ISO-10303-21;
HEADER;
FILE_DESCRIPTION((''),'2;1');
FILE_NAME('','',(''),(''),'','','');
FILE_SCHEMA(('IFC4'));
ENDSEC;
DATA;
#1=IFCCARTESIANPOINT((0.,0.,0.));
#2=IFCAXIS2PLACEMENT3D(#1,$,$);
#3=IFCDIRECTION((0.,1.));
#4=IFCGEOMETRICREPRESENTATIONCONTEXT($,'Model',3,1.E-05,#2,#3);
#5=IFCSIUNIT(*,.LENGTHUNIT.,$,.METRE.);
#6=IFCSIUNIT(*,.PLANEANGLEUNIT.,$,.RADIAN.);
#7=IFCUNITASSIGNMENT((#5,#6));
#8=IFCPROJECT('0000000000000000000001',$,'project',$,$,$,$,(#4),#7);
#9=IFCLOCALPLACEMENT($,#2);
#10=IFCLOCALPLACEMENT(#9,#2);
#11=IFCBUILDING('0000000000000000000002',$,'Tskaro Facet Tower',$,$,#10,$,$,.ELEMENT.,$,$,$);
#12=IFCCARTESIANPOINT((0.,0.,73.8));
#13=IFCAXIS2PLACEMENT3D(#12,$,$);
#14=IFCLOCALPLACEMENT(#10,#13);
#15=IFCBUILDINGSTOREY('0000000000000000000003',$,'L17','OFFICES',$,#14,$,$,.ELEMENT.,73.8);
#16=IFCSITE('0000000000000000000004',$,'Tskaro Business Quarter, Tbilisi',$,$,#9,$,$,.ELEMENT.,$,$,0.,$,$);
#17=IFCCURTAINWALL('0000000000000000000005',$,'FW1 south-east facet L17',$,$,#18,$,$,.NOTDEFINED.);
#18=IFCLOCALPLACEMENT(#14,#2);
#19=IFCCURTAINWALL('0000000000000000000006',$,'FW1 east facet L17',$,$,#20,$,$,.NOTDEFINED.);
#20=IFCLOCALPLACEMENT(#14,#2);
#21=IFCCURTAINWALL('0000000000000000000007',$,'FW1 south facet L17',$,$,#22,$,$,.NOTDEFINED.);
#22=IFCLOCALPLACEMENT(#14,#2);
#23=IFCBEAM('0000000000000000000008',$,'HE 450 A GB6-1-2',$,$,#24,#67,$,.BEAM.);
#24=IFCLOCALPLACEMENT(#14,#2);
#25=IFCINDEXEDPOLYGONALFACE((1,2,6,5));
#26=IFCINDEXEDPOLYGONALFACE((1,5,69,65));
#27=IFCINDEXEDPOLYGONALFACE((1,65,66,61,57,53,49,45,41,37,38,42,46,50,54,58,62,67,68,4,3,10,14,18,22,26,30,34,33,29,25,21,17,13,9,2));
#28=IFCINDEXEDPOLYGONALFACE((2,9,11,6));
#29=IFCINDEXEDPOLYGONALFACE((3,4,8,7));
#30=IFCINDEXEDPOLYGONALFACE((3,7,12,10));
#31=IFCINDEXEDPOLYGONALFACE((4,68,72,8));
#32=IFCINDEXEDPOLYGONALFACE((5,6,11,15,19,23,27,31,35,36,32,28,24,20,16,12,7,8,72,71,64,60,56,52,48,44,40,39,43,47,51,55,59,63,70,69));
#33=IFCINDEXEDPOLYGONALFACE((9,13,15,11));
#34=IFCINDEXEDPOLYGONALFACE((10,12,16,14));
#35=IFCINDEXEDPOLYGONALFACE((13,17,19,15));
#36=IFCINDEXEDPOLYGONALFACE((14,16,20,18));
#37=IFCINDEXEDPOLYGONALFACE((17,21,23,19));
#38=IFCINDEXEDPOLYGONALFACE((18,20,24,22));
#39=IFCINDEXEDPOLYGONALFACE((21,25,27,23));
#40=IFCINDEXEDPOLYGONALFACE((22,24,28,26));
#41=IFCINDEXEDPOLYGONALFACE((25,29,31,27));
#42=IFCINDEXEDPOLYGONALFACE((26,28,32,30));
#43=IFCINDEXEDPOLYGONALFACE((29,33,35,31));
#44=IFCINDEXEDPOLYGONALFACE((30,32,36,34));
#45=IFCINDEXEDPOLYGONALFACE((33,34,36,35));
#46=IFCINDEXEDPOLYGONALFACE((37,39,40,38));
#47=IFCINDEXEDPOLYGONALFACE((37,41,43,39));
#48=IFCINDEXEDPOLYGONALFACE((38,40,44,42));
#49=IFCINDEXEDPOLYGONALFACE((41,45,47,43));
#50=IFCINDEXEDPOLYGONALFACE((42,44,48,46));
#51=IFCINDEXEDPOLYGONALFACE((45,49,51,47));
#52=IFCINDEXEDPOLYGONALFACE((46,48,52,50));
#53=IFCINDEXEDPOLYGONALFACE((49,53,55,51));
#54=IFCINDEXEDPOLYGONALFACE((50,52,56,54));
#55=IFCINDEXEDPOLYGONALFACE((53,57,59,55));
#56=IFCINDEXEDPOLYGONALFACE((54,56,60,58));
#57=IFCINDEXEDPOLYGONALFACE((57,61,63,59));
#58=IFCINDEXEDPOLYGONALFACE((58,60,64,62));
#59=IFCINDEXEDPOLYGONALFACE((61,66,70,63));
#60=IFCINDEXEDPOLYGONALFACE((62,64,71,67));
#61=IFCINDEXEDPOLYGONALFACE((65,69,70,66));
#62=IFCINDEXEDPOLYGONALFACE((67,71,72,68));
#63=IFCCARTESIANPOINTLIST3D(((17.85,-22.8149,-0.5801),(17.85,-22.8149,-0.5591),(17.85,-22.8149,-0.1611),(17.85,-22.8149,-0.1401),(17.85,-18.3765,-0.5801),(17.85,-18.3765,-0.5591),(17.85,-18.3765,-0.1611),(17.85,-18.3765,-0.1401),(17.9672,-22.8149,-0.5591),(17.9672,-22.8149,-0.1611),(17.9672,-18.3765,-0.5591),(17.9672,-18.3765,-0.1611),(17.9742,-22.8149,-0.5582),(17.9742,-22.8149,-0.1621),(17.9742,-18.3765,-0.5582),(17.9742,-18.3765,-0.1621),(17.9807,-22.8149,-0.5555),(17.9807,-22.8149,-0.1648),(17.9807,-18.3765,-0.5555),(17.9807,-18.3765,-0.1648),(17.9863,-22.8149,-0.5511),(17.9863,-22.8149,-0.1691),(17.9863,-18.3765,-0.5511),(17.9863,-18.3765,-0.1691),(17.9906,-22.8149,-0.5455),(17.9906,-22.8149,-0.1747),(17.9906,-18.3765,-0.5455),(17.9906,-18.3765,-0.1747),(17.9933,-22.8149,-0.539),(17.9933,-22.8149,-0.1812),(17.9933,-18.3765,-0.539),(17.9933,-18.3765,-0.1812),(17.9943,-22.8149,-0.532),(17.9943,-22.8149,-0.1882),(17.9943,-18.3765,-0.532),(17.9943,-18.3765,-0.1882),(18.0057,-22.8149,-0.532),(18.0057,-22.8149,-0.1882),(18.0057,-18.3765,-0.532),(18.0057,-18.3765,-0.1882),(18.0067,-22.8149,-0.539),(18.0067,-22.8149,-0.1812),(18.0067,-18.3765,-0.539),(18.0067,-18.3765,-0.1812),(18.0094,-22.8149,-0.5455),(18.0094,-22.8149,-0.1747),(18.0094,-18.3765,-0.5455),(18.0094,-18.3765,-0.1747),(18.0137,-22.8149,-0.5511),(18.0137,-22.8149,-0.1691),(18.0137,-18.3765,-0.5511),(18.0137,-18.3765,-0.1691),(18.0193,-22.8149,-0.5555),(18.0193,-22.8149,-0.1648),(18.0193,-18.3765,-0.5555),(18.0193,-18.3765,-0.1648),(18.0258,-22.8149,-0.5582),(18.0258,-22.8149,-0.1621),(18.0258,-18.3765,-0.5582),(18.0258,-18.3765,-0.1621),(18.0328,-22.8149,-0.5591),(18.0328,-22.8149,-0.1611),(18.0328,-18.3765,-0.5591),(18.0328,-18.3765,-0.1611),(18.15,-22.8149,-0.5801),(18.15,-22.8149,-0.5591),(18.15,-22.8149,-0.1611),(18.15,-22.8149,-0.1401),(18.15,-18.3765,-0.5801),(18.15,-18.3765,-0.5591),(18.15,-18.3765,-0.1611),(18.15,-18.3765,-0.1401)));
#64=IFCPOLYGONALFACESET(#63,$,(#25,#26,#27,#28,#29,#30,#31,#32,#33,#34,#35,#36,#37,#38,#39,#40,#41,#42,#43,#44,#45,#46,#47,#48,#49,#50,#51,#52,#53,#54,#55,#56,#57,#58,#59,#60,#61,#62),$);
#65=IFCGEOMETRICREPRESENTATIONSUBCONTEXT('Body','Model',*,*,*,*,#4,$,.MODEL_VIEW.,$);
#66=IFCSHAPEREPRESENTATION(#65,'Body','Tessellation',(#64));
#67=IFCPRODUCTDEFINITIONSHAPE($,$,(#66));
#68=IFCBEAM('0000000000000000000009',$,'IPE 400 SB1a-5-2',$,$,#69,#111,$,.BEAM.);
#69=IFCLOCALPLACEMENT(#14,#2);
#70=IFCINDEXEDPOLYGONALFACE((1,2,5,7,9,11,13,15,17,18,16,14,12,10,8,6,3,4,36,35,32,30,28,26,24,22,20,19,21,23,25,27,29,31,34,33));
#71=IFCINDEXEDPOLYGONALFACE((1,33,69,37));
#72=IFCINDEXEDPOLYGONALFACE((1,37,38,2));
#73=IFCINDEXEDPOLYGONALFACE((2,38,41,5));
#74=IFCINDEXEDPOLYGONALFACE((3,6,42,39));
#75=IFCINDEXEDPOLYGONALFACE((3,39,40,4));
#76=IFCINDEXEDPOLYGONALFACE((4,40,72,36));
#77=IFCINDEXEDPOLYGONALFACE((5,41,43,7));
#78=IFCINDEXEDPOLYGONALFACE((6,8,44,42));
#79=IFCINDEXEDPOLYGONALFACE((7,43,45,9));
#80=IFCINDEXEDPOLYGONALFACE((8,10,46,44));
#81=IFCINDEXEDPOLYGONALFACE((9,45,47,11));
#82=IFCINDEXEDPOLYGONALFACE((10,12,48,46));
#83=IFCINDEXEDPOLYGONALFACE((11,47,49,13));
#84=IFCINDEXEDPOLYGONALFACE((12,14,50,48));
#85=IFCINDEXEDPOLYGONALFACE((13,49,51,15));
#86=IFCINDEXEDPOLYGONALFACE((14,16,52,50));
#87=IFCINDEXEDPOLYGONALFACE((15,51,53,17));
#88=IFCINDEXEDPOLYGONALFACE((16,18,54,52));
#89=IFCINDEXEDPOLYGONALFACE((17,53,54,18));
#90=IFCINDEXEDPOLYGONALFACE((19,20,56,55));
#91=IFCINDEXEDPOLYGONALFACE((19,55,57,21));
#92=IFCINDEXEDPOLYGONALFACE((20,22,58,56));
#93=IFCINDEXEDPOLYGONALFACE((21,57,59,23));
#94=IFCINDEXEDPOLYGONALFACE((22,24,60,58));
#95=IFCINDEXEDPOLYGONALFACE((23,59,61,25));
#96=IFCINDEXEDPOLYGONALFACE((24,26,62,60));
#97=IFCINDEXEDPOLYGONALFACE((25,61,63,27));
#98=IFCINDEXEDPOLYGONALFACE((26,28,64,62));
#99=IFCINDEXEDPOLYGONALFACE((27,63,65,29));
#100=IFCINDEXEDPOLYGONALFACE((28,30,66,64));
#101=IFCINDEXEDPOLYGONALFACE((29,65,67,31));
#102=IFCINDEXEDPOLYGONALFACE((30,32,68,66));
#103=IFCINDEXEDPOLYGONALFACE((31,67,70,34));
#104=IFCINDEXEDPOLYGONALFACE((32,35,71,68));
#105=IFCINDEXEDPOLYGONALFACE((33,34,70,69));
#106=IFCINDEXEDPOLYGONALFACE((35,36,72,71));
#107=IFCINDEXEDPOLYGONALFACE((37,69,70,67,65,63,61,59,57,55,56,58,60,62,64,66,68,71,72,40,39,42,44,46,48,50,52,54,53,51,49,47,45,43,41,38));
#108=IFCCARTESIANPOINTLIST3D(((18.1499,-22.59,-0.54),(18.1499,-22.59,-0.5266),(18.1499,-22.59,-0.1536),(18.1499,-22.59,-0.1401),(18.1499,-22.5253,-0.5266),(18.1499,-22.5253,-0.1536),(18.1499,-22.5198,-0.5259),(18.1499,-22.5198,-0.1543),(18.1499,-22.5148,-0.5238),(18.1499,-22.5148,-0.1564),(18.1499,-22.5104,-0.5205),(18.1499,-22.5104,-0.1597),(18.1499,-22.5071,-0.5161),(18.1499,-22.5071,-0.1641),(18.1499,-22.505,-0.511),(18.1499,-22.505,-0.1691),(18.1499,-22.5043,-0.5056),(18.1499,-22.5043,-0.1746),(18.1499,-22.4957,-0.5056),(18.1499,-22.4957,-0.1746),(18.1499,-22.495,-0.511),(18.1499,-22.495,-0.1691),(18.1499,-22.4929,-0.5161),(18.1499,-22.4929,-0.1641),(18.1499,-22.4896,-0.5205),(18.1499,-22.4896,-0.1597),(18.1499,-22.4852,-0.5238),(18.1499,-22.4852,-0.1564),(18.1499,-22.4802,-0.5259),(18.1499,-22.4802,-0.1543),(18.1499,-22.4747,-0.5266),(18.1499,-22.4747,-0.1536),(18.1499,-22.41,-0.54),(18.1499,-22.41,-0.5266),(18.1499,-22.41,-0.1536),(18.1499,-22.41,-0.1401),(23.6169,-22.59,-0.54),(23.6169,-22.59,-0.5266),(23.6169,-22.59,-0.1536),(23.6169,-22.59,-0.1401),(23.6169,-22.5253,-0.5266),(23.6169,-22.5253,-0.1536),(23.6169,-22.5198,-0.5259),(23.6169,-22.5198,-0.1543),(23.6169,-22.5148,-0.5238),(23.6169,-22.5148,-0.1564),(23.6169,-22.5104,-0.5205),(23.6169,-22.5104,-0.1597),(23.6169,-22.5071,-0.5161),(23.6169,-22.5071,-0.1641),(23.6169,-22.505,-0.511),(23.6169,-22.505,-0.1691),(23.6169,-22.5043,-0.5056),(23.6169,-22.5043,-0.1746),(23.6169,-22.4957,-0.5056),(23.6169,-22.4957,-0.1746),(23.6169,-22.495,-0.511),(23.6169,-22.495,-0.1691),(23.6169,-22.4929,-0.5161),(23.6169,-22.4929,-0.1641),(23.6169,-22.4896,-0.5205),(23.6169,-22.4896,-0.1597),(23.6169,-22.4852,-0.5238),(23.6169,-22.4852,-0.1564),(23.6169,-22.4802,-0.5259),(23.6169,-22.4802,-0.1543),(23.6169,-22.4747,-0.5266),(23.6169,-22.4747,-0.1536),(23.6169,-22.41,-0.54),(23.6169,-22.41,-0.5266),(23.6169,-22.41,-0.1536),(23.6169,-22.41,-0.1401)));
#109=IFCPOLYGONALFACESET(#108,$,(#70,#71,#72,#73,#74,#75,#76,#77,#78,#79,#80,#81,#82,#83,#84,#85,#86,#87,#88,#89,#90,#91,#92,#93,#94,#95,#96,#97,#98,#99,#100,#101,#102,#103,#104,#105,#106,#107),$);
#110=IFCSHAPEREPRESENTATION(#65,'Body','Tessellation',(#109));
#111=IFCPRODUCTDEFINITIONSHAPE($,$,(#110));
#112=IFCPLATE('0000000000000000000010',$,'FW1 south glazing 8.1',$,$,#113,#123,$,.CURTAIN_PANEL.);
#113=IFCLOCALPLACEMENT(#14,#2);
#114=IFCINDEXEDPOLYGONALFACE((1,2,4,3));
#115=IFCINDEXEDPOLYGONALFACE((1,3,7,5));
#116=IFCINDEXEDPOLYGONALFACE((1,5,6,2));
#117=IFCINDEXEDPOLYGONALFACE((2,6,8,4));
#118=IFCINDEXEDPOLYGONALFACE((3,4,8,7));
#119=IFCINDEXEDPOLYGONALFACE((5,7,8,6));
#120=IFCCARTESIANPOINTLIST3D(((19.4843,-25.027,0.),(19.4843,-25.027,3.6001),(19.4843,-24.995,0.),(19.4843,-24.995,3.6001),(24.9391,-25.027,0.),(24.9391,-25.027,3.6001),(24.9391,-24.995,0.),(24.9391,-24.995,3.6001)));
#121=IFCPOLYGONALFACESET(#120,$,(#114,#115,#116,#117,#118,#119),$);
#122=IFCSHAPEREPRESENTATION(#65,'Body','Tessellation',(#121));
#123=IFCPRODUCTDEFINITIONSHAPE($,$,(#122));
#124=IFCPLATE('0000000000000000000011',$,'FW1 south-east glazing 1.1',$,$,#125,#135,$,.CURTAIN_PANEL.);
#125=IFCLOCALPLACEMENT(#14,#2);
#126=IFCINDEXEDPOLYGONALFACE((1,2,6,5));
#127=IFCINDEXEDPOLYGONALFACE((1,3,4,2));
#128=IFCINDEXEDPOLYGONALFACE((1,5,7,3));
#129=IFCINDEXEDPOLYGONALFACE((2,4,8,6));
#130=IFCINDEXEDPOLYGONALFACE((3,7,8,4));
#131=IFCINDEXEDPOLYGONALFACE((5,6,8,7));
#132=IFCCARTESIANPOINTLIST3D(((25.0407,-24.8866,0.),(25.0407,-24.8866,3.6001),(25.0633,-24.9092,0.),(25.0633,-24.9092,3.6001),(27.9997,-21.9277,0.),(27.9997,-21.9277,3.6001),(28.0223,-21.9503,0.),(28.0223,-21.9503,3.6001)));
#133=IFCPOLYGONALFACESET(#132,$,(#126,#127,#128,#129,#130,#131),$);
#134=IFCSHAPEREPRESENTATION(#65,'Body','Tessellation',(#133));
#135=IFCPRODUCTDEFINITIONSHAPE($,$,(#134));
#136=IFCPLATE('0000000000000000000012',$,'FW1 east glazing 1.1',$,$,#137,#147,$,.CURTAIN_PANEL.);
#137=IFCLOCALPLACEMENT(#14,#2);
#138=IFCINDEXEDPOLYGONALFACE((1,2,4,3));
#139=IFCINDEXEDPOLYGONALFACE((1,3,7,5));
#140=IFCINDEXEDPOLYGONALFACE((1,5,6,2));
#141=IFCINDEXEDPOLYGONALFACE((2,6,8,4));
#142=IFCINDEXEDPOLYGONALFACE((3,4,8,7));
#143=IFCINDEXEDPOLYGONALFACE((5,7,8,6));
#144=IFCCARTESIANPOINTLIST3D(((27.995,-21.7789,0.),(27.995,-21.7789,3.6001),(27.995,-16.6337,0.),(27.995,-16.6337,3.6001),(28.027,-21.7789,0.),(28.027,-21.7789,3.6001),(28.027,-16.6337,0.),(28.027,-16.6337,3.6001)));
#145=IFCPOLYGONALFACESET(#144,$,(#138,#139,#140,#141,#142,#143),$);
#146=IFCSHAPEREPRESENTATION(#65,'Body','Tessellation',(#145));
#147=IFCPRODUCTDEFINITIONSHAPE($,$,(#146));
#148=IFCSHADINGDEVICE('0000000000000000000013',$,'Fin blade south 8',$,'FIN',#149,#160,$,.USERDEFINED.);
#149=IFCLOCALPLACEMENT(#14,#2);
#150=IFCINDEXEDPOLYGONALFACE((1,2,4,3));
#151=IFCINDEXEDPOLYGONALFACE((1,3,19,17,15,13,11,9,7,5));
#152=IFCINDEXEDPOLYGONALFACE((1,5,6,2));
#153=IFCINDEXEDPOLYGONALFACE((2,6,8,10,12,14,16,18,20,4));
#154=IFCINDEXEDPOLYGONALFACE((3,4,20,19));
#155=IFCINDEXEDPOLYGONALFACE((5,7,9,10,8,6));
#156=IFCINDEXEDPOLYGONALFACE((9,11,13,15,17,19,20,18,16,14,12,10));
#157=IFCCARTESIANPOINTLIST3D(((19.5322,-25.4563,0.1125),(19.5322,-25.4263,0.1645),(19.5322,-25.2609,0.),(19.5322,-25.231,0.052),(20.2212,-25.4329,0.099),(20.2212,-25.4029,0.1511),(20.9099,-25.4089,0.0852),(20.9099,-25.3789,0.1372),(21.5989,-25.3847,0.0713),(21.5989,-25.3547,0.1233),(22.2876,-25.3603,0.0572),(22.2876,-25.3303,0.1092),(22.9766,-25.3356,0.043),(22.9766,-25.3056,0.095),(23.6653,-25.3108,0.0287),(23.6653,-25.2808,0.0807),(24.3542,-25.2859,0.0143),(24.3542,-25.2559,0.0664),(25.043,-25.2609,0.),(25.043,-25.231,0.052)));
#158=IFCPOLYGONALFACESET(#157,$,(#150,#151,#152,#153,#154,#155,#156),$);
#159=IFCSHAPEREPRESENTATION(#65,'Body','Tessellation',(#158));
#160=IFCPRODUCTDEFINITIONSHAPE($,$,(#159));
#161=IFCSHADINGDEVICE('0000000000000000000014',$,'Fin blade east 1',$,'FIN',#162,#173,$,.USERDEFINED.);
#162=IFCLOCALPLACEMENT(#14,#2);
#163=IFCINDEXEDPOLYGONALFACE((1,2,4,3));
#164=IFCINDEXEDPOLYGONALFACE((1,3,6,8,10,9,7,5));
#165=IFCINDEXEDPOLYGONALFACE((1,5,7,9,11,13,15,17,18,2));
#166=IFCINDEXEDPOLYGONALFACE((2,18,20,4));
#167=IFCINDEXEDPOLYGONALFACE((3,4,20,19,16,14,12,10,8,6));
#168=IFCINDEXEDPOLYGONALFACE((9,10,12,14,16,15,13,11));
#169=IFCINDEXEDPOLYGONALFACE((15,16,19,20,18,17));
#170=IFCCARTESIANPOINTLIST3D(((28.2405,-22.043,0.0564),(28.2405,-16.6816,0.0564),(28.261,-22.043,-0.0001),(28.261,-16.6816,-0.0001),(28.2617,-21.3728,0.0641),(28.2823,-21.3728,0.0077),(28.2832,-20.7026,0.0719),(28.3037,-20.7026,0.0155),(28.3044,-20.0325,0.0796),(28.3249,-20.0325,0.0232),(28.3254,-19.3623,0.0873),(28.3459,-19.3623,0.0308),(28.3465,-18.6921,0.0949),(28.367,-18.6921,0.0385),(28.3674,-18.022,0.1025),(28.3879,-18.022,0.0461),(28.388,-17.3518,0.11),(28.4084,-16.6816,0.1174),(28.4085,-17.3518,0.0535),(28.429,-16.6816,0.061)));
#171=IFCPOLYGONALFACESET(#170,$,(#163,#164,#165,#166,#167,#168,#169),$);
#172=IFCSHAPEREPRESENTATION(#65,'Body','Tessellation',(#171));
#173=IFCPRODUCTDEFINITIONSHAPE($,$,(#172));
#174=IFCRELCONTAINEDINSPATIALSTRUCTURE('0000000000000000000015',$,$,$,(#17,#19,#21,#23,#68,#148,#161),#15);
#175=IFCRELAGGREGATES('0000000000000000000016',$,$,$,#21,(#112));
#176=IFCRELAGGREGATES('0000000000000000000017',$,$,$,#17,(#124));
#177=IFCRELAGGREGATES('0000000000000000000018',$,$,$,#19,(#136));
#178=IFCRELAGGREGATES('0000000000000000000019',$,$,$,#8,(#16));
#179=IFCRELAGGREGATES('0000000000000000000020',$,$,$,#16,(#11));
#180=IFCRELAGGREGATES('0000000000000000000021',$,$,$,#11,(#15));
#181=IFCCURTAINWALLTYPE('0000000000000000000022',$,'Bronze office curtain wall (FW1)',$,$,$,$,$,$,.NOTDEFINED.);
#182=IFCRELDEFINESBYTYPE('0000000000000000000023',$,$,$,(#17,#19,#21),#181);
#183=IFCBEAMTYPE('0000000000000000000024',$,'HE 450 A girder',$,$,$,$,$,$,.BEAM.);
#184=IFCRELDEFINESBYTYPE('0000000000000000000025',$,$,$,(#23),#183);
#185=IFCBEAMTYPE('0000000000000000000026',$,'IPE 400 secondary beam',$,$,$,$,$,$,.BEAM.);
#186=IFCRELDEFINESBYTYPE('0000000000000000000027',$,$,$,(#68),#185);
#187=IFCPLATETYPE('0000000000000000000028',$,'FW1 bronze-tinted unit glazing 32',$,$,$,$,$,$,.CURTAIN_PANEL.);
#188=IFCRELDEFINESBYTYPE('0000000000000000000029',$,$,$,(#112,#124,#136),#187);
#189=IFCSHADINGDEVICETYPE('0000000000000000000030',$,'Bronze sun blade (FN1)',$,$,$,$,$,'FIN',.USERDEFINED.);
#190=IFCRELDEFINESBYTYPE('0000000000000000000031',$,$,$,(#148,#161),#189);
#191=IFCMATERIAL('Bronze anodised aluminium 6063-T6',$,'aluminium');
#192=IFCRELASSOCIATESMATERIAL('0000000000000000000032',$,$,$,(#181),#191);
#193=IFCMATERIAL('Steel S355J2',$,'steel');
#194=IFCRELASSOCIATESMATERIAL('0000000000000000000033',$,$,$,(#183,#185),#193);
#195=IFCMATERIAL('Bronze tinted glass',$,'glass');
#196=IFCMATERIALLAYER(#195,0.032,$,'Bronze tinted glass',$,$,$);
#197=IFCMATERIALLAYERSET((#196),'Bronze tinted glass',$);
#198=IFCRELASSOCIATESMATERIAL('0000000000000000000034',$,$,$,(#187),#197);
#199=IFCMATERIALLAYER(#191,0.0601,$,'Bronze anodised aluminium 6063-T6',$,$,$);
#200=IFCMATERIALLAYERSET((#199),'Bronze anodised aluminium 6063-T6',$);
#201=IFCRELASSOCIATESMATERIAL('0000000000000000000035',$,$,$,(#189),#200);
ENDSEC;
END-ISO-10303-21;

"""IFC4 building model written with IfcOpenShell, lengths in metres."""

from ifc_helpers import new_model, si_unit, direction, frame, origin, origin_2d, place, context, subcontext, project, spatial, polyline, rectangle, i_section, outline, extrude, material, layer, layer_set, material_profile, profile_set, type_object, element, aggregate, save


model = new_model("IFC4")

# Units and contexts
model_context = context("Model", 3, precision=1e-05, world=origin(), true_north=direction((0.0, 1.0)))
body_context = subcontext(model_context, "Body", "Model", "MODEL_VIEW")
ifc_project = project(units=[si_unit("LENGTHUNIT", "METRE"), si_unit("PLANEANGLEUNIT", "RADIAN")], contexts=[model_context])

# Site, building, storey
site_placement = place(None, origin())
site = spatial("IfcSite", under=ifc_project, at=site_placement, Name="Tskaro Business Quarter, Tbilisi", CompositionType="ELEMENT", RefElevation=0.0)
building_placement = place(site_placement, origin())
building = spatial("IfcBuilding", under=site, at=building_placement, Name="Tskaro Facet Tower", CompositionType="ELEMENT")
storey_placement = place(building_placement, frame((0.0, 0.0, 73.8)))
storey = spatial("IfcBuildingStorey", under=building, at=storey_placement, Name="L17", Description="OFFICES", CompositionType="ELEMENT", Elevation=73.8)

# Curtain walls
ifc_material_1 = material(Name="Bronze anodised aluminium 6063-T6", Category="aluminium")
curtain_wall_type = type_object("IfcCurtainWallType", Name="Bronze office curtain wall (FW1)", PredefinedType="NOTDEFINED", material=ifc_material_1)
curtain_wall_1_placement = place(storey_placement, origin())
curtain_wall_1 = element("IfcCurtainWall", 1, at=curtain_wall_1_placement, inside=storey, type_object=curtain_wall_type, Name="FW1 south-east facet L17", PredefinedType="NOTDEFINED")
curtain_wall_2_placement = place(storey_placement, origin())
curtain_wall_2 = element("IfcCurtainWall", 2, at=curtain_wall_2_placement, inside=storey, type_object=curtain_wall_type, Name="FW1 east facet L17", PredefinedType="NOTDEFINED")

# Curtain wall
curtain_wall_3_placement = place(storey_placement, origin())
curtain_wall_3 = element("IfcCurtainWall", 3, at=curtain_wall_3_placement, inside=storey, type_object=curtain_wall_type, Name="FW1 south facet L17", PredefinedType="NOTDEFINED")

# Beams
ifc_material_2 = material(Name="Steel S355J2", Category="steel")
ifc_material_profile_1 = material_profile(ifc_material_2, i_section(OverallWidth=0.3, OverallDepth=0.4399, WebThickness=0.0115, FlangeThickness=0.021, FilletRadius=0.0271, at=origin_2d()), Name="HE 450 A")
ifc_profile_set_1 = profile_set([ifc_material_profile_1], Name="Steel S355J2")
beam_type_1 = type_object("IfcBeamType", Name="HE 450 A girder", PredefinedType="BEAM", material=ifc_profile_set_1)
beam_1_placement = place(storey_placement, frame((18.0, -22.8149, -0.3601), z_axis=(0.0, 1.0, 0.0), x_axis=(-1.0, 0.0, 0.0)))
element("IfcBeam", 4, at=beam_1_placement, inside=storey, type_object=beam_type_1, Name="HE 450 A GB6-1-2", PredefinedType="BEAM", context=body_context, shape_type="SweptSolid", body=[
    extrude(i_section(OverallWidth=0.3, OverallDepth=0.4399, WebThickness=0.0115, FlangeThickness=0.021, FilletRadius=0.0271, at=origin_2d()), origin(), (0.0, 0.0, 1.0), 4.4385),
])
ifc_material_profile_2 = material_profile(ifc_material_2, i_section(OverallWidth=0.1799, OverallDepth=0.3999, WebThickness=0.0085, FlangeThickness=0.0134, FilletRadius=0.021, at=origin_2d()), Name="IPE 400")
ifc_profile_set_2 = profile_set([ifc_material_profile_2], Name="Steel S355J2")
beam_type_2 = type_object("IfcBeamType", Name="IPE 400 secondary beam", PredefinedType="BEAM", material=ifc_profile_set_2)
beam_2_placement = place(storey_placement, frame((18.1499, -22.5, -0.3401), z_axis=(1.0, 0.0, 0.0), x_axis=(0.0, 1.0, 0.0)))
element("IfcBeam", 5, at=beam_2_placement, inside=storey, type_object=beam_type_2, Name="IPE 400 SB1a-5-2", PredefinedType="BEAM", context=body_context, shape_type="SweptSolid", body=[
    extrude(i_section(OverallWidth=0.1799, OverallDepth=0.3999, WebThickness=0.0085, FlangeThickness=0.0134, FilletRadius=0.021, at=origin_2d()), origin(), (0.0, 0.0, 1.0), 5.467),
])

# Plates
ifc_material_3 = material(Name="Bronze tinted glass", Category="glass")
ifc_layer_1 = layer(ifc_material_3, 0.032, Name="Bronze tinted glass")
ifc_layer_set_1 = layer_set([ifc_layer_1], Name="Bronze tinted glass")
plate_type = type_object("IfcPlateType", Name="FW1 bronze-tinted unit glazing 32", PredefinedType="CURTAIN_PANEL", material=ifc_layer_set_1)
plate_1_placement = place(storey_placement, frame((22.2117, -25.011, 0.0), z_axis=(0.0, 0.0, 1.0), x_axis=(1.0, 0.0, 0.0)))
plate_1 = element("IfcPlate", 6, at=plate_1_placement, type_object=plate_type, Name="FW1 south glazing 8.1", PredefinedType="CURTAIN_PANEL", context=body_context, shape_type="SweptSolid", body=[
    extrude(rectangle(XDim=5.4548, YDim=0.032, at=origin_2d()), origin(), (0.0, 0.0, 1.0), 3.6001),
])
aggregate(curtain_wall_3, [plate_1])
plate_2_placement = place(storey_placement, frame((26.5315, -23.4185, 0.0), z_axis=(0.0, 0.0, 1.0), x_axis=(0.707107, 0.707107, 0.0)))
plate_2 = element("IfcPlate", 7, at=plate_2_placement, type_object=plate_type, Name="FW1 south-east glazing 1.1", PredefinedType="CURTAIN_PANEL", context=body_context, shape_type="SweptSolid", body=[
    extrude(rectangle(XDim=4.1846, YDim=0.032, at=origin_2d()), origin(), (0.0, 0.0, 1.0), 3.6001),
])
aggregate(curtain_wall_1, [plate_2])
plate_3_placement = place(storey_placement, frame((28.011, -19.2063, 0.0), z_axis=(0.0, 0.0, 1.0), x_axis=(0.0, 1.0, 0.0)))
plate_3 = element("IfcPlate", 8, at=plate_3_placement, type_object=plate_type, Name="FW1 east glazing 1.1", PredefinedType="CURTAIN_PANEL", context=body_context, shape_type="SweptSolid", body=[
    extrude(rectangle(XDim=5.1453, YDim=0.032, at=origin_2d()), origin(), (0.0, 0.0, 1.0), 3.6001),
])
aggregate(curtain_wall_2, [plate_3])

# Shading devices
ifc_layer_2 = layer(ifc_material_1, 0.0601, Name="Bronze anodised aluminium 6063-T6")
ifc_layer_set_2 = layer_set([ifc_layer_2], Name="Bronze anodised aluminium 6063-T6")
shading_device_type = type_object("IfcShadingDeviceType", Name="Bronze sun blade (FN1)", ElementType="FIN", PredefinedType="USERDEFINED", material=ifc_layer_set_2)
shading_device_1_placement = place(storey_placement, frame((19.5322, -25.231, 0.052), z_axis=(0.000002, 0.499236, 0.866466), x_axis=(1.0, -0.000001, -0.000002)))
element("IfcShadingDevice", 9, at=shading_device_1_placement, inside=storey, type_object=shading_device_type, Name="Fin blade south 8", ObjectType="FIN", PredefinedType="USERDEFINED", context=body_context, shape_type="SweptSolid", body=[
    extrude(outline(polyline([(0.0, 0.0), (5.5107, 0.0), (4.822, -0.0288), (4.1331, -0.0575), (3.4443, -0.0862), (2.7554, -0.1146), (2.0667, -0.1428), (1.3777, -0.1707), (0.689, -0.1984), (0.0, -0.2254), (0.0, 0.0)])), origin(), (0.0, 0.0, -1.0), 0.0601),
])
shading_device_2_placement = place(storey_placement, frame((28.2405, -22.043, 0.0564), z_axis=(-0.341525, 0.0, 0.939873), x_axis=(0.0, 1.0, 0.0)))
element("IfcShadingDevice", 10, at=shading_device_2_placement, inside=storey, type_object=shading_device_type, Name="Fin blade east 1", ObjectType="FIN", PredefinedType="USERDEFINED", context=body_context, shape_type="SweptSolid", body=[
    extrude(outline(polyline([(0.0, 0.0), (5.3613, 0.0), (5.3613, -0.1787), (4.6912, -0.1569), (4.021, -0.1351), (3.3508, -0.1128), (2.6807, -0.0904), (2.0105, -0.068), (1.3403, -0.0454), (0.6702, -0.0226), (0.0, 0.0)])), origin(), (0.0, 0.0, -1.0), 0.0601),
])

save(model, "model.ifc")
